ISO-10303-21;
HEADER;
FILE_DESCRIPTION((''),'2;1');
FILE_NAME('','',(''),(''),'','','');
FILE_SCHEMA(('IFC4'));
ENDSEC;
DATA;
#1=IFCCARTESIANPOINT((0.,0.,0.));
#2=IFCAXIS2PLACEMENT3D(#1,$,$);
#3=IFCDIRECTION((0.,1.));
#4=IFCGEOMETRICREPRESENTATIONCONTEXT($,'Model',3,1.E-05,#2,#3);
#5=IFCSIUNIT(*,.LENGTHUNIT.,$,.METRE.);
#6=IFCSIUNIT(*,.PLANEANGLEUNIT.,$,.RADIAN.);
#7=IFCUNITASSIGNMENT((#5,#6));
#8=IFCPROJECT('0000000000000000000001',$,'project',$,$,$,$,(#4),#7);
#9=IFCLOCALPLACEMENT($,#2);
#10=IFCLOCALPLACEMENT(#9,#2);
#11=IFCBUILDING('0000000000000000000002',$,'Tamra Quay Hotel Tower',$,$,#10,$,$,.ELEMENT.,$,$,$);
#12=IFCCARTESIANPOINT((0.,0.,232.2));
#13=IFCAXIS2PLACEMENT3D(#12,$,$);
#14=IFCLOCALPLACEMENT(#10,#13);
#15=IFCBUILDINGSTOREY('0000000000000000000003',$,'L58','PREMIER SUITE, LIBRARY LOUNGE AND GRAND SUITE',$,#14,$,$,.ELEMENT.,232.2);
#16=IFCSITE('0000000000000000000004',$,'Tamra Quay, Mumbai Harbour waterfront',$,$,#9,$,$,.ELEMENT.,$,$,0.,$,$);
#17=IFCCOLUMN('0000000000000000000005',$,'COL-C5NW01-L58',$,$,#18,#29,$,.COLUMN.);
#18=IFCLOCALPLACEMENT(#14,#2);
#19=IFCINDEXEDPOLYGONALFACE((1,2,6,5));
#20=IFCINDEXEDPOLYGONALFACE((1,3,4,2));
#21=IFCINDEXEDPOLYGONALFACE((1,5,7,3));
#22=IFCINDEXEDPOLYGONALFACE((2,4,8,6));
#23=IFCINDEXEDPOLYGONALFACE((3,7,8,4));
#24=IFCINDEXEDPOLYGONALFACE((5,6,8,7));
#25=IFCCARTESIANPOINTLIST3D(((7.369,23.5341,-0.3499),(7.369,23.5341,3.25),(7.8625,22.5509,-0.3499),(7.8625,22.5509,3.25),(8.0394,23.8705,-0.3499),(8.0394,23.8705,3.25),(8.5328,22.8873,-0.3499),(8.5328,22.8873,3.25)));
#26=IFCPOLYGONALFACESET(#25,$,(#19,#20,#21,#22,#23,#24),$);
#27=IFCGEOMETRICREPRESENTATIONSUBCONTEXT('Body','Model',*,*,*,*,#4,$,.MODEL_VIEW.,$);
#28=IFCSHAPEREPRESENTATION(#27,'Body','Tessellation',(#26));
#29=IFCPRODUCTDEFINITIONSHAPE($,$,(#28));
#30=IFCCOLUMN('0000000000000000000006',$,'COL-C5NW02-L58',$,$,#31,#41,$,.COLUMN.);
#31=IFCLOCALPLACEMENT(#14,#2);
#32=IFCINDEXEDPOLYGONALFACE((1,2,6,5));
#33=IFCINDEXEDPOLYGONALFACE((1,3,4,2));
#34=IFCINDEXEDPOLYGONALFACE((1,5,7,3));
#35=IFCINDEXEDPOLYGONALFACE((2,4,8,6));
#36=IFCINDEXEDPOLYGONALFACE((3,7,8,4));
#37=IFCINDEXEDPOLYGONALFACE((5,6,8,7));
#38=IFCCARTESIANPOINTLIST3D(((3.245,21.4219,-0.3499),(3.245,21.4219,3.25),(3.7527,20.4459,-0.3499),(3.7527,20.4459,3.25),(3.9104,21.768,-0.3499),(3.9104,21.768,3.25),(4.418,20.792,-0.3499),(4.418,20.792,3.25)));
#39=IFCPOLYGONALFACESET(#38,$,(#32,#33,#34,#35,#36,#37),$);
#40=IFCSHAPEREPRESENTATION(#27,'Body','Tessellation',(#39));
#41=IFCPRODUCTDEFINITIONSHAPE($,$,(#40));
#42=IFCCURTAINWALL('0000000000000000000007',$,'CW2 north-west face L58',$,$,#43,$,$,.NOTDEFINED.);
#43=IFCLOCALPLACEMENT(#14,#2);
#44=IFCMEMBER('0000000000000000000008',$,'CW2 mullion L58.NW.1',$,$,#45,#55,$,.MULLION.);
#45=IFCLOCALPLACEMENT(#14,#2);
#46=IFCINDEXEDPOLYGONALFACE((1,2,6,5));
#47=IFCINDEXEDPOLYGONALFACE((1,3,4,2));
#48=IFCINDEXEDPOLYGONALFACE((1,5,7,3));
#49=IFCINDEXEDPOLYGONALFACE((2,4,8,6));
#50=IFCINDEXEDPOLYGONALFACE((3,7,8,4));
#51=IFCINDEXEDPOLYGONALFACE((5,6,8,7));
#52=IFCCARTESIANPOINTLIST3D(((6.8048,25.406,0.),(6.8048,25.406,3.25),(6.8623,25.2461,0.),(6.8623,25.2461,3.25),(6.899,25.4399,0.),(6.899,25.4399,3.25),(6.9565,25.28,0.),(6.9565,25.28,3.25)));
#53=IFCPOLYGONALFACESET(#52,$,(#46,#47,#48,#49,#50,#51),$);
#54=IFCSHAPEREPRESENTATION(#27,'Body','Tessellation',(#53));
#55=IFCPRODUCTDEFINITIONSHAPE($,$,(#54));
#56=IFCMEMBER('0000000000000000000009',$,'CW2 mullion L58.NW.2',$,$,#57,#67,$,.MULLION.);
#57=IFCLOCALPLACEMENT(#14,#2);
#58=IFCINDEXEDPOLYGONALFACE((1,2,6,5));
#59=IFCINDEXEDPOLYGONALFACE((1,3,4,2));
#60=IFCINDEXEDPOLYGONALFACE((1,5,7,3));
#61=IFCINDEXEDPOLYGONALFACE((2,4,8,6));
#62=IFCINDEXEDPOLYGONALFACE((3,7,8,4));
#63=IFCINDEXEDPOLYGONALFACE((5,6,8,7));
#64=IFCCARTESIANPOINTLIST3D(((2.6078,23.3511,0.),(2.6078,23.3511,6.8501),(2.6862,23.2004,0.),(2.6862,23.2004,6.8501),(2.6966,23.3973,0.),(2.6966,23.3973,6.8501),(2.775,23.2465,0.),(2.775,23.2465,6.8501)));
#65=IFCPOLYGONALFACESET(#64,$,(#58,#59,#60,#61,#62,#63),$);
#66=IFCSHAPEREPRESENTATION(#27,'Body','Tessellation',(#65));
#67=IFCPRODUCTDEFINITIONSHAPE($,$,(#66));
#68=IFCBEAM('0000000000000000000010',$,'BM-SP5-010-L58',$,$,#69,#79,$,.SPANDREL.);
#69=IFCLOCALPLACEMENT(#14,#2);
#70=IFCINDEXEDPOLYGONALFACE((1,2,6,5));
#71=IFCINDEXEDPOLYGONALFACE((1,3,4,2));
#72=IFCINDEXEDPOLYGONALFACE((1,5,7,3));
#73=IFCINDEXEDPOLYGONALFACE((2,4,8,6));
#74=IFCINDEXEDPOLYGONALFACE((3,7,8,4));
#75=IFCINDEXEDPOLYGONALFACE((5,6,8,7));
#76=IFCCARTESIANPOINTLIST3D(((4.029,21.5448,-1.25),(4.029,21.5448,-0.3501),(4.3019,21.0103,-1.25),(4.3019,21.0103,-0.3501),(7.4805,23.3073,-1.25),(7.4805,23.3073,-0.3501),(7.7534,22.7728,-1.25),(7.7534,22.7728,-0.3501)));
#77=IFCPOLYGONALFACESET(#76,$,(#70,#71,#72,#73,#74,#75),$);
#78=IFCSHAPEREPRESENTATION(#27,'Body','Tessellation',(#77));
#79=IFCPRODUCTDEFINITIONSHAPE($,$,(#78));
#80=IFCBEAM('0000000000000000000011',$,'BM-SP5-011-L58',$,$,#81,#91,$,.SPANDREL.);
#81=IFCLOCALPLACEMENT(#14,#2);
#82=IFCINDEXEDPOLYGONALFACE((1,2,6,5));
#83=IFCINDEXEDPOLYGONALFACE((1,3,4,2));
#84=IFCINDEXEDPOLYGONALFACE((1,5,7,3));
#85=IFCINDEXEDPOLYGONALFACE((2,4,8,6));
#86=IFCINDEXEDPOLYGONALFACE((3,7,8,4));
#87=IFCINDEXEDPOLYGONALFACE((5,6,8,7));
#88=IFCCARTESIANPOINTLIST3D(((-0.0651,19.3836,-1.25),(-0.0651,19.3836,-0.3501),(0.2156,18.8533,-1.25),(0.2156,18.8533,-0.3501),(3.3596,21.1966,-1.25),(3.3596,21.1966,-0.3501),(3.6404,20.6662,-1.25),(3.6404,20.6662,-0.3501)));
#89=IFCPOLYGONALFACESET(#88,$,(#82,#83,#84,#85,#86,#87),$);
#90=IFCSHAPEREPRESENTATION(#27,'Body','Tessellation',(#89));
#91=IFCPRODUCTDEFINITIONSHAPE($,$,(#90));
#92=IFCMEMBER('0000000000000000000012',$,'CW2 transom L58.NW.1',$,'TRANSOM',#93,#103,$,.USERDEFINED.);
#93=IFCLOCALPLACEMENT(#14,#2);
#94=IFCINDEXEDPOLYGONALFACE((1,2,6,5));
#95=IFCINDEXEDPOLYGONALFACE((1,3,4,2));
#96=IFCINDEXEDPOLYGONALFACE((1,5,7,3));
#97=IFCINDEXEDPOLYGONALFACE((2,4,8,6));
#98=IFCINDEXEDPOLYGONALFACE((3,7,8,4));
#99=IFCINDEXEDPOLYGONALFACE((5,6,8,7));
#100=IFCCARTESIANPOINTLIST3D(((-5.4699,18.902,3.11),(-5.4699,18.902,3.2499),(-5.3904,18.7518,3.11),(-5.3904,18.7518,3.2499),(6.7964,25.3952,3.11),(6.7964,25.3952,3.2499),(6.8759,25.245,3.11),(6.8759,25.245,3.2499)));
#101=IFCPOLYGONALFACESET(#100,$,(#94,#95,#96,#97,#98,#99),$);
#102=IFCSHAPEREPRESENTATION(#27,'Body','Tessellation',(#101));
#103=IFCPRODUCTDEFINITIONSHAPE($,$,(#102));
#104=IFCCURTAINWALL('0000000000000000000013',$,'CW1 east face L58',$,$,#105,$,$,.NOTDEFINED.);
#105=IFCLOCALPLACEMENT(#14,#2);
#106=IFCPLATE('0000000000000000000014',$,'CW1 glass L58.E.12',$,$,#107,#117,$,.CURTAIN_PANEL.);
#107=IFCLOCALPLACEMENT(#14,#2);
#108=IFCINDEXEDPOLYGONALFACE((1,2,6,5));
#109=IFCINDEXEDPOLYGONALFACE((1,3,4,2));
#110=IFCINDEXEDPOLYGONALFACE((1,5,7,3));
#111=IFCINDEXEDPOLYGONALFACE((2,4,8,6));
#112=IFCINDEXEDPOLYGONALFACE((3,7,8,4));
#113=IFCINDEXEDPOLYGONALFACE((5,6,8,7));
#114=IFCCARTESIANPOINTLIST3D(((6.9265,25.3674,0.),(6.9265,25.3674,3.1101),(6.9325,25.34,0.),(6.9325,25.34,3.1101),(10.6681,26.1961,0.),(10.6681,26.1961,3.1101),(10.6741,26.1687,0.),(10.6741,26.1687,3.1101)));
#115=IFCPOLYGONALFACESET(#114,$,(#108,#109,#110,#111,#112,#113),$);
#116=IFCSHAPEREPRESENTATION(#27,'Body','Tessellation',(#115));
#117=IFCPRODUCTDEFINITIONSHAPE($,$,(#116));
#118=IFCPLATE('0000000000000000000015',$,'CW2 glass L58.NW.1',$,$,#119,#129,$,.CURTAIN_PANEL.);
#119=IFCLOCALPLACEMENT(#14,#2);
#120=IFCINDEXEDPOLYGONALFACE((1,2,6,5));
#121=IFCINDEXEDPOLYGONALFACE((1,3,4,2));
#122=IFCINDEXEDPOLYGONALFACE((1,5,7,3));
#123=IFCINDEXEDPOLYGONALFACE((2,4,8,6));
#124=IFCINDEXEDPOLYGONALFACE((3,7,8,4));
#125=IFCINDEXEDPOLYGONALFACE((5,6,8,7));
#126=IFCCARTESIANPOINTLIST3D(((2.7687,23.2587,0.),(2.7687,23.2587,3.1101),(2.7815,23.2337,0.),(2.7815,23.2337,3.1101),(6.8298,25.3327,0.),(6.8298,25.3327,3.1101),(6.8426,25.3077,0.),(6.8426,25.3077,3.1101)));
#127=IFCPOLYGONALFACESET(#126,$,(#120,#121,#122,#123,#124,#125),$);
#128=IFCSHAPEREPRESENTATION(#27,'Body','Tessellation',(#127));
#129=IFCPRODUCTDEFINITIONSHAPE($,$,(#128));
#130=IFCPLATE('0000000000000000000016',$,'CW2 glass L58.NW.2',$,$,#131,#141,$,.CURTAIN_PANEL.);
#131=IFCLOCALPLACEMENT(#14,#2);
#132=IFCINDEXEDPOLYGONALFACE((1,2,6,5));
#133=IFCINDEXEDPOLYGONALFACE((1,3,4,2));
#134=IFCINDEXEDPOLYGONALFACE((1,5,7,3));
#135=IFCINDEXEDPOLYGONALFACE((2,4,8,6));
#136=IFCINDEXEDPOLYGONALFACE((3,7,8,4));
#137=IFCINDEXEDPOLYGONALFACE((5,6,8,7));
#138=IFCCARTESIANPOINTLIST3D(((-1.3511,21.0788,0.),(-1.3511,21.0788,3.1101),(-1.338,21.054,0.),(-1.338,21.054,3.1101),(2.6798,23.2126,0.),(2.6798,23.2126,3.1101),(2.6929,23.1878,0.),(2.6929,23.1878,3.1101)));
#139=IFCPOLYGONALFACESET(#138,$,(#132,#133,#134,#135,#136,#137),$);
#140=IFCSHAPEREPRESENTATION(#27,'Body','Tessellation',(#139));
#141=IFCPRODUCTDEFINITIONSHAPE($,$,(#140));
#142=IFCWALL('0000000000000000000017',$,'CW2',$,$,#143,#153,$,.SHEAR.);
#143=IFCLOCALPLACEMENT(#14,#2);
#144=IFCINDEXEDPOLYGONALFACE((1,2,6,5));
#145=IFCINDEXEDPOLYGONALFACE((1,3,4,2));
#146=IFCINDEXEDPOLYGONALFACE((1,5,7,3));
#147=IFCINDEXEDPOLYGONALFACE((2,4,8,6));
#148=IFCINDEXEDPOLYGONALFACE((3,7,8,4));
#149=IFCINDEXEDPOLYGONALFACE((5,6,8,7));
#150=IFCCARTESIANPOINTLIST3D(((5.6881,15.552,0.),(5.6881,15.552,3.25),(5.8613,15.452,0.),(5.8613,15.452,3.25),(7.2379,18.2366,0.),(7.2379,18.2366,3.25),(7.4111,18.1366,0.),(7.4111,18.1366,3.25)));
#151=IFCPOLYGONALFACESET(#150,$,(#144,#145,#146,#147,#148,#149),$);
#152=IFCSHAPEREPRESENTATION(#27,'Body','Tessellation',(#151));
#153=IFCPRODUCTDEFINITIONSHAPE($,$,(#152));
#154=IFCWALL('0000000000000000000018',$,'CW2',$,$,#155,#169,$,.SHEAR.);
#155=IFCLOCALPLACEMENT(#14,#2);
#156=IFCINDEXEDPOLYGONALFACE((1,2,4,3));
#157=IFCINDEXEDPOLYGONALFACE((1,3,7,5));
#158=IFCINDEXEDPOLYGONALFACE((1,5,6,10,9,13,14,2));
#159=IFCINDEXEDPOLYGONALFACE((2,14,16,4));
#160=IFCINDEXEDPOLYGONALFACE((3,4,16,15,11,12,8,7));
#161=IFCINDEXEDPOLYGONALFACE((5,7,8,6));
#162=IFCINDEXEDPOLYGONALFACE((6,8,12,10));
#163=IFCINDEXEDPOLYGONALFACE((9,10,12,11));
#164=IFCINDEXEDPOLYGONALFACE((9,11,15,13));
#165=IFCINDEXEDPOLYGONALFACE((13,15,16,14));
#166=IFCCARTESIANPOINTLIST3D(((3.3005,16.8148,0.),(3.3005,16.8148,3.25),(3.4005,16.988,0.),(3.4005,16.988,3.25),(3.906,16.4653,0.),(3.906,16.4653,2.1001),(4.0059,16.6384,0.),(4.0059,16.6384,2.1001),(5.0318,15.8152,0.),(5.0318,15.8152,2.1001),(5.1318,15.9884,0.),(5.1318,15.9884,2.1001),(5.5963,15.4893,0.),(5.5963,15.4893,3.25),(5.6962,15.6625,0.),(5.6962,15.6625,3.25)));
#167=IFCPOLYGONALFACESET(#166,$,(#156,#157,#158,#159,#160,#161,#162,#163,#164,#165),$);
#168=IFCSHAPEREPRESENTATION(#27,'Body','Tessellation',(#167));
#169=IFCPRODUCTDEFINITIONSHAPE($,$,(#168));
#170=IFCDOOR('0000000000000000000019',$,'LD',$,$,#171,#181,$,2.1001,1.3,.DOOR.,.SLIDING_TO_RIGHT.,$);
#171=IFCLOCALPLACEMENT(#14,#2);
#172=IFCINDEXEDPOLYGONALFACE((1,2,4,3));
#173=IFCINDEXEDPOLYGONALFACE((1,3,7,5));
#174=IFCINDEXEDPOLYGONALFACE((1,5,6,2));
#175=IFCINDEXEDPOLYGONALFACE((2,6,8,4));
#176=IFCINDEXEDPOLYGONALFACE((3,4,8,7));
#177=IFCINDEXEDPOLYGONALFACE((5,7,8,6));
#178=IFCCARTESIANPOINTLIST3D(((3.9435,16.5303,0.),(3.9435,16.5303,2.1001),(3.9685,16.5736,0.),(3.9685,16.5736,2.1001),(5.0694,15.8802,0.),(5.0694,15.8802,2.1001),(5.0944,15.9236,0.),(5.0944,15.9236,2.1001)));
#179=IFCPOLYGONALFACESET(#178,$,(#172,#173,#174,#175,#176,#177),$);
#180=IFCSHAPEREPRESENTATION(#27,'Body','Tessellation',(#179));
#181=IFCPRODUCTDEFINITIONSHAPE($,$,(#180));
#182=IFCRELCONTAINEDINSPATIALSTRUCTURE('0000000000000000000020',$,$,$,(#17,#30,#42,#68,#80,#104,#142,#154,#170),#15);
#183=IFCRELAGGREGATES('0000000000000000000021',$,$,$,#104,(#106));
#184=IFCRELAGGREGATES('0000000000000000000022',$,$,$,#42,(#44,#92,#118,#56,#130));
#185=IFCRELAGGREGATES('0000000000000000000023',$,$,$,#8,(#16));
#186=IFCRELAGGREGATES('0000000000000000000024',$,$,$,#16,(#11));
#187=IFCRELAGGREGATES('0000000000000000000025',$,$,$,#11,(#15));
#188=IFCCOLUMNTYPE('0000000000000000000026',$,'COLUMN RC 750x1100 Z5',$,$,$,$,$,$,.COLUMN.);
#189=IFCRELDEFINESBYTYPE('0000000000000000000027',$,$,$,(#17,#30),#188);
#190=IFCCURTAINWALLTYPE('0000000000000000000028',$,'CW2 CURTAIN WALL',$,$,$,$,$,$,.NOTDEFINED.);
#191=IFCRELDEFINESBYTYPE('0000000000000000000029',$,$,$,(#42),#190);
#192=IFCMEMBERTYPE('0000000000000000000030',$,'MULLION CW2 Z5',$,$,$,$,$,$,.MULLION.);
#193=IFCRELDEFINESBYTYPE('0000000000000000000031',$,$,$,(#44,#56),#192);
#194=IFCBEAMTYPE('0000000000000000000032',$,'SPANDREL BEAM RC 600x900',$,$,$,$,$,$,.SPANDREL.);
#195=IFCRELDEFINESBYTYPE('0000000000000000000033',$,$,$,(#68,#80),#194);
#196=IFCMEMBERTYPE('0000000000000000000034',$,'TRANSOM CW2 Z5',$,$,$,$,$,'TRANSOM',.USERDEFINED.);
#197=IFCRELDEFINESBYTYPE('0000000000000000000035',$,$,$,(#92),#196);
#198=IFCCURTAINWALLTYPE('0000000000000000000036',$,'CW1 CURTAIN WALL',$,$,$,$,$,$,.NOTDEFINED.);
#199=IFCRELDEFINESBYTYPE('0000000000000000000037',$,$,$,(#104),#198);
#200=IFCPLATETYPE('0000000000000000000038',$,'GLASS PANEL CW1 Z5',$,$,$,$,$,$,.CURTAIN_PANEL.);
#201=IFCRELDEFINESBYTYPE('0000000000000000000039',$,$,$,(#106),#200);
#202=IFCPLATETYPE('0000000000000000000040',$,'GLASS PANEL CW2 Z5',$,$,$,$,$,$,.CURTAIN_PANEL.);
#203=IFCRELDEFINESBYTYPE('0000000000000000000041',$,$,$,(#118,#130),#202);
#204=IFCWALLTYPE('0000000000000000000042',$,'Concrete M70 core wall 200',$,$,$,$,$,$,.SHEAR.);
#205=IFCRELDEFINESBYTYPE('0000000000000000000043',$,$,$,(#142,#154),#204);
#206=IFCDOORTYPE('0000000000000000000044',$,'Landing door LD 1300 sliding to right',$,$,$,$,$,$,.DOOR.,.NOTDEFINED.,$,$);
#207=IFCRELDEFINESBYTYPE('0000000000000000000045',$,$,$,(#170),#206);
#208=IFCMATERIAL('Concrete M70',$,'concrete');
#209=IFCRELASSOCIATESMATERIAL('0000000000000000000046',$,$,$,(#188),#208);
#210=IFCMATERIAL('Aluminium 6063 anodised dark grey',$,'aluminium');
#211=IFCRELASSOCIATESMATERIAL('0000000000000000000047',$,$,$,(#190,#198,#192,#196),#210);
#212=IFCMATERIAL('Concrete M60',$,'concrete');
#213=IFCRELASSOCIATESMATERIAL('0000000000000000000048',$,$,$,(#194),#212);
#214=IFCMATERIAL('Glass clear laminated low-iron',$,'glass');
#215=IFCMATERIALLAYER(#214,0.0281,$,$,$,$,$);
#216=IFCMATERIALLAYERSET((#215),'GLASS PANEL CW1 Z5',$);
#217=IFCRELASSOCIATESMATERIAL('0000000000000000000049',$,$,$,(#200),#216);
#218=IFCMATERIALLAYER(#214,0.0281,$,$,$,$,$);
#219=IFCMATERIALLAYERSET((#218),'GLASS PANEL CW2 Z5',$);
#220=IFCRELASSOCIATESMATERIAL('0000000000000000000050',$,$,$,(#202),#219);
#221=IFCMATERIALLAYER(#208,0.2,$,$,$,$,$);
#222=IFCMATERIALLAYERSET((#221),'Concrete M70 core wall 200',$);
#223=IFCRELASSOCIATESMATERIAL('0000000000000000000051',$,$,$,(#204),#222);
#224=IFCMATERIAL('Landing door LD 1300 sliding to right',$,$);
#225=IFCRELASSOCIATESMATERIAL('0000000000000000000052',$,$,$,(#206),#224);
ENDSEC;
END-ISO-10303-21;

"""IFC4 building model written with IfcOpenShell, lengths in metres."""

from ifc_helpers import new_model, si_unit, direction, frame, frame_2d, origin, origin_2d, place, context, subcontext, project, spatial, rectangle, extrude, material, layer, layer_set, material_profile, profile_set, type_object, element, fill, aggregate, save


model = new_model("IFC4")

# Units and contexts
model_context = context("Model", 3, precision=1e-05, world=origin(), true_north=direction((0.0, 1.0)))
body_context = subcontext(model_context, "Body", "Model", "MODEL_VIEW")
ifc_project = project(units=[si_unit("LENGTHUNIT", "METRE"), si_unit("PLANEANGLEUNIT", "RADIAN")], contexts=[model_context])

# Site, building, storey
site_placement = place(None, origin())
site = spatial("IfcSite", under=ifc_project, at=site_placement, Name="Tamra Quay, Mumbai Harbour waterfront", CompositionType="ELEMENT", RefElevation=0.0)
building_placement = place(site_placement, origin())
building = spatial("IfcBuilding", under=site, at=building_placement, Name="Tamra Quay Hotel Tower", CompositionType="ELEMENT")
storey_placement = place(building_placement, frame((0.0, 0.0, 232.2)))
storey = spatial("IfcBuildingStorey", under=building, at=storey_placement, Name="L58", Description="PREMIER SUITE, LIBRARY LOUNGE AND GRAND SUITE", CompositionType="ELEMENT", Elevation=232.2)

# Columns
ifc_material_1 = material(Name="Concrete M70", Category="concrete")
ifc_material_profile_1 = material_profile(ifc_material_1, rectangle(XDim=1.1001, YDim=0.75, at=origin_2d()), Name="COLUMN RC 750x1100 Z5")
ifc_profile_set_1 = profile_set([ifc_material_profile_1], Name="Concrete M70")
column_type = type_object("IfcColumnType", Name="COLUMN RC 750x1100 Z5", PredefinedType="COLUMN", material=ifc_profile_set_1)
for number, where, z_axis, x_axis, name in (
    (1, (7.9509, 23.2107, -0.3499), (0.0, 0.0, 1.0), (-0.448553, 0.893756, 0.0), "COL-C5NW01-L58"),
    (2, (3.8315, 21.1069, -0.3499), (0.0, 0.0, 1.0), (-0.461448, 0.887167, 0.0), "COL-C5NW02-L58"),
):
    element("IfcColumn", number, at=place(storey_placement, frame(where, z_axis=z_axis, x_axis=x_axis)), inside=storey, type_object=column_type, Name=name, PredefinedType="COLUMN", context=body_context, shape_type="SweptSolid", body=[
        extrude(rectangle(XDim=1.1001, YDim=0.75, at=origin_2d()), origin(), (0.0, 0.0, 1.0), 3.5999),
    ])

# Curtain wall, members
ifc_material_2 = material(Name="Aluminium 6063 anodised dark grey", Category="aluminium")
curtain_wall_type_1 = type_object("IfcCurtainWallType", Name="CW2 CURTAIN WALL", PredefinedType="NOTDEFINED", material=ifc_material_2)
curtain_wall_1_placement = place(storey_placement, origin())
curtain_wall_1 = element("IfcCurtainWall", 3, at=curtain_wall_1_placement, inside=storey, type_object=curtain_wall_type_1, Name="CW2 north-west face L58", PredefinedType="NOTDEFINED")
ifc_material_profile_2 = material_profile(ifc_material_2, rectangle(XDim=0.1699, YDim=0.1001, at=origin_2d()), Name="MULLION 100X170")
ifc_profile_set_2 = profile_set([ifc_material_profile_2], Name="Aluminium 6063 anodised dark grey")
member_type_1 = type_object("IfcMemberType", Name="MULLION CW2 Z5", PredefinedType="MULLION", material=ifc_profile_set_2)
member_1_placement = place(storey_placement, frame((6.8806, 25.343, 0.0), z_axis=(0.0, 0.0, 1.0), x_axis=(-0.338259, 0.941053, 0.0)))
member_1 = element("IfcMember", 4, at=member_1_placement, type_object=member_type_1, Name="CW2 mullion L58.NW.1", PredefinedType="MULLION", context=body_context, shape_type="SweptSolid", body=[
    extrude(rectangle(XDim=0.1699, YDim=0.1001, at=origin_2d()), origin(), (0.0, 0.0, 1.0), 3.25),
])
member_2_placement = place(storey_placement, frame((2.6914, 23.2988, 0.0), z_axis=(0.0, 0.0, 1.0), x_axis=(-0.461344, 0.887221, 0.0)))
member_2 = element("IfcMember", 5, at=member_2_placement, type_object=member_type_1, Name="CW2 mullion L58.NW.2", PredefinedType="MULLION", context=body_context, shape_type="SweptSolid", body=[
    extrude(rectangle(XDim=0.1699, YDim=0.1001, at=origin_2d()), origin(), (0.0, 0.0, 1.0), 6.8501),
])

# Beams
ifc_material_3 = material(Name="Concrete M60", Category="concrete")
ifc_material_profile_3 = material_profile(ifc_material_3, rectangle(XDim=0.6001, YDim=0.8999, at=origin_2d()), Name="SPANDREL BEAM RC 600x900")
ifc_profile_set_3 = profile_set([ifc_material_profile_3], Name="Concrete M60")
beam_type = type_object("IfcBeamType", Name="SPANDREL BEAM RC 600x900", PredefinedType="SPANDREL", material=ifc_profile_set_3)
beam_1_placement = place(storey_placement, frame((7.6169, 23.04, -0.8), z_axis=(-0.890603, -0.454782, 0.0), x_axis=(0.454782, -0.890603, 0.0)))
element("IfcBeam", 6, at=beam_1_placement, inside=storey, type_object=beam_type, Name="BM-SP5-010-L58", PredefinedType="SPANDREL", context=body_context, shape_type="SweptSolid", body=[
    extrude(rectangle(XDim=0.6001, YDim=0.8999, at=origin_2d()), origin(), (0.0, 0.0, 1.0), 3.8755),
])
beam_2_placement = place(storey_placement, frame((3.5, 20.9314, -0.8), z_axis=(-0.883803, -0.467859, 0.0), x_axis=(0.467859, -0.883803, 0.0)))
element("IfcBeam", 7, at=beam_2_placement, inside=storey, type_object=beam_type, Name="BM-SP5-011-L58", PredefinedType="SPANDREL", context=body_context, shape_type="SweptSolid", body=[
    extrude(rectangle(XDim=0.6001, YDim=0.8999, at=origin_2d()), origin(), (0.0, 0.0, 1.0), 3.875),
])

# Member
ifc_material_profile_4 = material_profile(ifc_material_2, rectangle(XDim=0.1699, YDim=0.1399, at=origin_2d()), Name="TRANSOM 170X140")
ifc_profile_set_4 = profile_set([ifc_material_profile_4], Name="Aluminium 6063 anodised dark grey")
member_type_2 = type_object("IfcMemberType", Name="TRANSOM CW2 Z5", ElementType="TRANSOM", PredefinedType="USERDEFINED", material=ifc_profile_set_4)
member_3_placement = place(storey_placement, frame((6.8362, 25.3201, 3.1799), z_axis=(-0.883811, -0.467843, 0.0), x_axis=(0.467843, -0.883811, 0.0)))
member_3 = element("IfcMember", 8, at=member_3_placement, type_object=member_type_2, Name="CW2 transom L58.NW.1", ObjectType="TRANSOM", PredefinedType="USERDEFINED", context=body_context, shape_type="SweptSolid", body=[
    extrude(rectangle(XDim=0.1699, YDim=0.1399, at=origin_2d()), origin(), (0.0, 0.0, 1.0), 13.8789),
])

# Curtain wall, plate
curtain_wall_type_2 = type_object("IfcCurtainWallType", Name="CW1 CURTAIN WALL", PredefinedType="NOTDEFINED", material=ifc_material_2)
curtain_wall_2_placement = place(storey_placement, origin())
curtain_wall_2 = element("IfcCurtainWall", 9, at=curtain_wall_2_placement, inside=storey, type_object=curtain_wall_type_2, Name="CW1 east face L58", PredefinedType="NOTDEFINED")
ifc_material_4 = material(Name="Glass clear laminated low-iron", Category="glass")
ifc_layer_1 = layer(ifc_material_4, 0.0281)
ifc_layer_set_1 = layer_set([ifc_layer_1], Name="GLASS PANEL CW1 Z5")
plate_type_1 = type_object("IfcPlateType", Name="GLASS PANEL CW1 Z5", PredefinedType="CURTAIN_PANEL", material=ifc_layer_set_1)
plate_1_placement = place(storey_placement, frame((8.8003, 25.7681, 0.0), z_axis=(0.0, 0.0, 1.0), x_axis=(-0.976341, -0.216238, 0.0)))
plate_1 = element("IfcPlate", 10, at=plate_1_placement, type_object=plate_type_1, Name="CW1 glass L58.E.12", PredefinedType="CURTAIN_PANEL", context=body_context, shape_type="SweptSolid", body=[
    extrude(rectangle(XDim=3.8323, YDim=0.0281, at=origin_2d()), origin(), (0.0, 0.0, 1.0), 3.1101),
])
aggregate(curtain_wall_2, [plate_1])

# Plates
ifc_layer_2 = layer(ifc_material_4, 0.0281)
ifc_layer_set_2 = layer_set([ifc_layer_2], Name="GLASS PANEL CW2 Z5")
plate_type_2 = type_object("IfcPlateType", Name="GLASS PANEL CW2 Z5", PredefinedType="CURTAIN_PANEL", material=ifc_layer_set_2)
plate_2_placement = place(storey_placement, frame((4.8057, 24.2832, 0.0), z_axis=(0.0, 0.0, 1.0), x_axis=(-0.890582, -0.454823, 0.0)))
plate_2 = element("IfcPlate", 11, at=plate_2_placement, type_object=plate_type_2, Name="CW2 glass L58.NW.1", PredefinedType="CURTAIN_PANEL", context=body_context, shape_type="SweptSolid", body=[
    extrude(rectangle(XDim=4.5601, YDim=0.0281, at=origin_2d()), origin(), (0.0, 0.0, 1.0), 3.1101),
])
plate_3_placement = place(storey_placement, frame((0.6709, 22.1333, 0.0), z_axis=(0.0, 0.0, 1.0), x_axis=(-0.883813, -0.467841, 0.0)))
plate_3 = element("IfcPlate", 12, at=plate_3_placement, type_object=plate_type_2, Name="CW2 glass L58.NW.2", PredefinedType="CURTAIN_PANEL", context=body_context, shape_type="SweptSolid", body=[
    extrude(rectangle(XDim=4.5608, YDim=0.0281, at=origin_2d()), origin(), (0.0, 0.0, 1.0), 3.1101),
])
aggregate(curtain_wall_1, [member_1, member_3, plate_2, member_2, plate_3])

# Wall
ifc_layer_3 = layer(ifc_material_1, 0.2)
ifc_layer_set_3 = layer_set([ifc_layer_3], Name="Concrete M70 core wall 200")
wall_type_1 = type_object("IfcWallType", Name="Concrete M70 core wall 200", PredefinedType="SHEAR", material=ifc_layer_set_3)
wall_1_placement = place(storey_placement, frame((7.3245, 18.1865, 0.0), z_axis=(0.0, 0.0, 1.0), x_axis=(-0.499968, -0.866044, 0.0)))
element("IfcWall", 13, at=wall_1_placement, inside=storey, type_object=wall_type_1, Name="CW2", PredefinedType="SHEAR", context=body_context, shape_type="SweptSolid", body=[
    extrude(rectangle(XDim=3.0999, YDim=0.2, at=frame_2d((1.5498, 0.0))), origin(), (0.0, 0.0, 1.0), 3.25),
])

# Wall, opening, door
wall_2_placement = place(storey_placement, frame((5.6462, 15.5759, 0.0), z_axis=(0.0, 0.0, 1.0), x_axis=(-0.866018, 0.500012, 0.0)))
wall_2 = element("IfcWall", 14, at=wall_2_placement, inside=storey, type_object=wall_type_1, Name="CW2", PredefinedType="SHEAR", context=body_context, shape_type="SweptSolid", body=[
    extrude(rectangle(XDim=2.6509, YDim=0.2, at=frame_2d((1.3254, 0.0))), origin(), (0.0, 0.0, 1.0), 3.25),
])
opening_1_placement = place(wall_2_placement, frame((0.6519, 0.0, 0.0)))
opening_1 = element("IfcOpeningElement", 15, at=opening_1_placement, cuts=wall_2, PredefinedType="OPENING", context=body_context, shape_type="SweptSolid", body=[
    extrude(rectangle(XDim=1.3, YDim=2.1001, at=frame_2d((0.6499, 1.05))), frame((0.0, 0.1099, 0.0), z_axis=(0.0, -1.0, 0.0), x_axis=(1.0, 0.0, 0.0)), (0.0, 0.0, 1.0), 0.22),
])
ifc_material_5 = material(Name="Landing door LD 1300 sliding to right")
door_type_1 = type_object("IfcDoorType", Name="Landing door LD 1300 sliding to right", OperationType="NOTDEFINED", PredefinedType="DOOR", material=ifc_material_5)
door_1_placement = place(opening_1_placement, origin())
door_1 = element("IfcDoor", 16, at=door_1_placement, inside=storey, type_object=door_type_1, Name="LD", OperationType="SLIDING_TO_RIGHT", OverallHeight=2.1001, OverallWidth=1.3, PredefinedType="DOOR", context=body_context, shape_type="SweptSolid", body=[
    extrude(rectangle(XDim=1.3, YDim=2.1001, at=frame_2d((0.6499, 1.05))), frame((0.0, 0.0249, 0.0), z_axis=(0.0, -1.0, 0.0), x_axis=(1.0, 0.0, 0.0)), (0.0, 0.0, 1.0), 0.05),
])
fill(opening_1, door_1)

save(model, "model.ifc")
